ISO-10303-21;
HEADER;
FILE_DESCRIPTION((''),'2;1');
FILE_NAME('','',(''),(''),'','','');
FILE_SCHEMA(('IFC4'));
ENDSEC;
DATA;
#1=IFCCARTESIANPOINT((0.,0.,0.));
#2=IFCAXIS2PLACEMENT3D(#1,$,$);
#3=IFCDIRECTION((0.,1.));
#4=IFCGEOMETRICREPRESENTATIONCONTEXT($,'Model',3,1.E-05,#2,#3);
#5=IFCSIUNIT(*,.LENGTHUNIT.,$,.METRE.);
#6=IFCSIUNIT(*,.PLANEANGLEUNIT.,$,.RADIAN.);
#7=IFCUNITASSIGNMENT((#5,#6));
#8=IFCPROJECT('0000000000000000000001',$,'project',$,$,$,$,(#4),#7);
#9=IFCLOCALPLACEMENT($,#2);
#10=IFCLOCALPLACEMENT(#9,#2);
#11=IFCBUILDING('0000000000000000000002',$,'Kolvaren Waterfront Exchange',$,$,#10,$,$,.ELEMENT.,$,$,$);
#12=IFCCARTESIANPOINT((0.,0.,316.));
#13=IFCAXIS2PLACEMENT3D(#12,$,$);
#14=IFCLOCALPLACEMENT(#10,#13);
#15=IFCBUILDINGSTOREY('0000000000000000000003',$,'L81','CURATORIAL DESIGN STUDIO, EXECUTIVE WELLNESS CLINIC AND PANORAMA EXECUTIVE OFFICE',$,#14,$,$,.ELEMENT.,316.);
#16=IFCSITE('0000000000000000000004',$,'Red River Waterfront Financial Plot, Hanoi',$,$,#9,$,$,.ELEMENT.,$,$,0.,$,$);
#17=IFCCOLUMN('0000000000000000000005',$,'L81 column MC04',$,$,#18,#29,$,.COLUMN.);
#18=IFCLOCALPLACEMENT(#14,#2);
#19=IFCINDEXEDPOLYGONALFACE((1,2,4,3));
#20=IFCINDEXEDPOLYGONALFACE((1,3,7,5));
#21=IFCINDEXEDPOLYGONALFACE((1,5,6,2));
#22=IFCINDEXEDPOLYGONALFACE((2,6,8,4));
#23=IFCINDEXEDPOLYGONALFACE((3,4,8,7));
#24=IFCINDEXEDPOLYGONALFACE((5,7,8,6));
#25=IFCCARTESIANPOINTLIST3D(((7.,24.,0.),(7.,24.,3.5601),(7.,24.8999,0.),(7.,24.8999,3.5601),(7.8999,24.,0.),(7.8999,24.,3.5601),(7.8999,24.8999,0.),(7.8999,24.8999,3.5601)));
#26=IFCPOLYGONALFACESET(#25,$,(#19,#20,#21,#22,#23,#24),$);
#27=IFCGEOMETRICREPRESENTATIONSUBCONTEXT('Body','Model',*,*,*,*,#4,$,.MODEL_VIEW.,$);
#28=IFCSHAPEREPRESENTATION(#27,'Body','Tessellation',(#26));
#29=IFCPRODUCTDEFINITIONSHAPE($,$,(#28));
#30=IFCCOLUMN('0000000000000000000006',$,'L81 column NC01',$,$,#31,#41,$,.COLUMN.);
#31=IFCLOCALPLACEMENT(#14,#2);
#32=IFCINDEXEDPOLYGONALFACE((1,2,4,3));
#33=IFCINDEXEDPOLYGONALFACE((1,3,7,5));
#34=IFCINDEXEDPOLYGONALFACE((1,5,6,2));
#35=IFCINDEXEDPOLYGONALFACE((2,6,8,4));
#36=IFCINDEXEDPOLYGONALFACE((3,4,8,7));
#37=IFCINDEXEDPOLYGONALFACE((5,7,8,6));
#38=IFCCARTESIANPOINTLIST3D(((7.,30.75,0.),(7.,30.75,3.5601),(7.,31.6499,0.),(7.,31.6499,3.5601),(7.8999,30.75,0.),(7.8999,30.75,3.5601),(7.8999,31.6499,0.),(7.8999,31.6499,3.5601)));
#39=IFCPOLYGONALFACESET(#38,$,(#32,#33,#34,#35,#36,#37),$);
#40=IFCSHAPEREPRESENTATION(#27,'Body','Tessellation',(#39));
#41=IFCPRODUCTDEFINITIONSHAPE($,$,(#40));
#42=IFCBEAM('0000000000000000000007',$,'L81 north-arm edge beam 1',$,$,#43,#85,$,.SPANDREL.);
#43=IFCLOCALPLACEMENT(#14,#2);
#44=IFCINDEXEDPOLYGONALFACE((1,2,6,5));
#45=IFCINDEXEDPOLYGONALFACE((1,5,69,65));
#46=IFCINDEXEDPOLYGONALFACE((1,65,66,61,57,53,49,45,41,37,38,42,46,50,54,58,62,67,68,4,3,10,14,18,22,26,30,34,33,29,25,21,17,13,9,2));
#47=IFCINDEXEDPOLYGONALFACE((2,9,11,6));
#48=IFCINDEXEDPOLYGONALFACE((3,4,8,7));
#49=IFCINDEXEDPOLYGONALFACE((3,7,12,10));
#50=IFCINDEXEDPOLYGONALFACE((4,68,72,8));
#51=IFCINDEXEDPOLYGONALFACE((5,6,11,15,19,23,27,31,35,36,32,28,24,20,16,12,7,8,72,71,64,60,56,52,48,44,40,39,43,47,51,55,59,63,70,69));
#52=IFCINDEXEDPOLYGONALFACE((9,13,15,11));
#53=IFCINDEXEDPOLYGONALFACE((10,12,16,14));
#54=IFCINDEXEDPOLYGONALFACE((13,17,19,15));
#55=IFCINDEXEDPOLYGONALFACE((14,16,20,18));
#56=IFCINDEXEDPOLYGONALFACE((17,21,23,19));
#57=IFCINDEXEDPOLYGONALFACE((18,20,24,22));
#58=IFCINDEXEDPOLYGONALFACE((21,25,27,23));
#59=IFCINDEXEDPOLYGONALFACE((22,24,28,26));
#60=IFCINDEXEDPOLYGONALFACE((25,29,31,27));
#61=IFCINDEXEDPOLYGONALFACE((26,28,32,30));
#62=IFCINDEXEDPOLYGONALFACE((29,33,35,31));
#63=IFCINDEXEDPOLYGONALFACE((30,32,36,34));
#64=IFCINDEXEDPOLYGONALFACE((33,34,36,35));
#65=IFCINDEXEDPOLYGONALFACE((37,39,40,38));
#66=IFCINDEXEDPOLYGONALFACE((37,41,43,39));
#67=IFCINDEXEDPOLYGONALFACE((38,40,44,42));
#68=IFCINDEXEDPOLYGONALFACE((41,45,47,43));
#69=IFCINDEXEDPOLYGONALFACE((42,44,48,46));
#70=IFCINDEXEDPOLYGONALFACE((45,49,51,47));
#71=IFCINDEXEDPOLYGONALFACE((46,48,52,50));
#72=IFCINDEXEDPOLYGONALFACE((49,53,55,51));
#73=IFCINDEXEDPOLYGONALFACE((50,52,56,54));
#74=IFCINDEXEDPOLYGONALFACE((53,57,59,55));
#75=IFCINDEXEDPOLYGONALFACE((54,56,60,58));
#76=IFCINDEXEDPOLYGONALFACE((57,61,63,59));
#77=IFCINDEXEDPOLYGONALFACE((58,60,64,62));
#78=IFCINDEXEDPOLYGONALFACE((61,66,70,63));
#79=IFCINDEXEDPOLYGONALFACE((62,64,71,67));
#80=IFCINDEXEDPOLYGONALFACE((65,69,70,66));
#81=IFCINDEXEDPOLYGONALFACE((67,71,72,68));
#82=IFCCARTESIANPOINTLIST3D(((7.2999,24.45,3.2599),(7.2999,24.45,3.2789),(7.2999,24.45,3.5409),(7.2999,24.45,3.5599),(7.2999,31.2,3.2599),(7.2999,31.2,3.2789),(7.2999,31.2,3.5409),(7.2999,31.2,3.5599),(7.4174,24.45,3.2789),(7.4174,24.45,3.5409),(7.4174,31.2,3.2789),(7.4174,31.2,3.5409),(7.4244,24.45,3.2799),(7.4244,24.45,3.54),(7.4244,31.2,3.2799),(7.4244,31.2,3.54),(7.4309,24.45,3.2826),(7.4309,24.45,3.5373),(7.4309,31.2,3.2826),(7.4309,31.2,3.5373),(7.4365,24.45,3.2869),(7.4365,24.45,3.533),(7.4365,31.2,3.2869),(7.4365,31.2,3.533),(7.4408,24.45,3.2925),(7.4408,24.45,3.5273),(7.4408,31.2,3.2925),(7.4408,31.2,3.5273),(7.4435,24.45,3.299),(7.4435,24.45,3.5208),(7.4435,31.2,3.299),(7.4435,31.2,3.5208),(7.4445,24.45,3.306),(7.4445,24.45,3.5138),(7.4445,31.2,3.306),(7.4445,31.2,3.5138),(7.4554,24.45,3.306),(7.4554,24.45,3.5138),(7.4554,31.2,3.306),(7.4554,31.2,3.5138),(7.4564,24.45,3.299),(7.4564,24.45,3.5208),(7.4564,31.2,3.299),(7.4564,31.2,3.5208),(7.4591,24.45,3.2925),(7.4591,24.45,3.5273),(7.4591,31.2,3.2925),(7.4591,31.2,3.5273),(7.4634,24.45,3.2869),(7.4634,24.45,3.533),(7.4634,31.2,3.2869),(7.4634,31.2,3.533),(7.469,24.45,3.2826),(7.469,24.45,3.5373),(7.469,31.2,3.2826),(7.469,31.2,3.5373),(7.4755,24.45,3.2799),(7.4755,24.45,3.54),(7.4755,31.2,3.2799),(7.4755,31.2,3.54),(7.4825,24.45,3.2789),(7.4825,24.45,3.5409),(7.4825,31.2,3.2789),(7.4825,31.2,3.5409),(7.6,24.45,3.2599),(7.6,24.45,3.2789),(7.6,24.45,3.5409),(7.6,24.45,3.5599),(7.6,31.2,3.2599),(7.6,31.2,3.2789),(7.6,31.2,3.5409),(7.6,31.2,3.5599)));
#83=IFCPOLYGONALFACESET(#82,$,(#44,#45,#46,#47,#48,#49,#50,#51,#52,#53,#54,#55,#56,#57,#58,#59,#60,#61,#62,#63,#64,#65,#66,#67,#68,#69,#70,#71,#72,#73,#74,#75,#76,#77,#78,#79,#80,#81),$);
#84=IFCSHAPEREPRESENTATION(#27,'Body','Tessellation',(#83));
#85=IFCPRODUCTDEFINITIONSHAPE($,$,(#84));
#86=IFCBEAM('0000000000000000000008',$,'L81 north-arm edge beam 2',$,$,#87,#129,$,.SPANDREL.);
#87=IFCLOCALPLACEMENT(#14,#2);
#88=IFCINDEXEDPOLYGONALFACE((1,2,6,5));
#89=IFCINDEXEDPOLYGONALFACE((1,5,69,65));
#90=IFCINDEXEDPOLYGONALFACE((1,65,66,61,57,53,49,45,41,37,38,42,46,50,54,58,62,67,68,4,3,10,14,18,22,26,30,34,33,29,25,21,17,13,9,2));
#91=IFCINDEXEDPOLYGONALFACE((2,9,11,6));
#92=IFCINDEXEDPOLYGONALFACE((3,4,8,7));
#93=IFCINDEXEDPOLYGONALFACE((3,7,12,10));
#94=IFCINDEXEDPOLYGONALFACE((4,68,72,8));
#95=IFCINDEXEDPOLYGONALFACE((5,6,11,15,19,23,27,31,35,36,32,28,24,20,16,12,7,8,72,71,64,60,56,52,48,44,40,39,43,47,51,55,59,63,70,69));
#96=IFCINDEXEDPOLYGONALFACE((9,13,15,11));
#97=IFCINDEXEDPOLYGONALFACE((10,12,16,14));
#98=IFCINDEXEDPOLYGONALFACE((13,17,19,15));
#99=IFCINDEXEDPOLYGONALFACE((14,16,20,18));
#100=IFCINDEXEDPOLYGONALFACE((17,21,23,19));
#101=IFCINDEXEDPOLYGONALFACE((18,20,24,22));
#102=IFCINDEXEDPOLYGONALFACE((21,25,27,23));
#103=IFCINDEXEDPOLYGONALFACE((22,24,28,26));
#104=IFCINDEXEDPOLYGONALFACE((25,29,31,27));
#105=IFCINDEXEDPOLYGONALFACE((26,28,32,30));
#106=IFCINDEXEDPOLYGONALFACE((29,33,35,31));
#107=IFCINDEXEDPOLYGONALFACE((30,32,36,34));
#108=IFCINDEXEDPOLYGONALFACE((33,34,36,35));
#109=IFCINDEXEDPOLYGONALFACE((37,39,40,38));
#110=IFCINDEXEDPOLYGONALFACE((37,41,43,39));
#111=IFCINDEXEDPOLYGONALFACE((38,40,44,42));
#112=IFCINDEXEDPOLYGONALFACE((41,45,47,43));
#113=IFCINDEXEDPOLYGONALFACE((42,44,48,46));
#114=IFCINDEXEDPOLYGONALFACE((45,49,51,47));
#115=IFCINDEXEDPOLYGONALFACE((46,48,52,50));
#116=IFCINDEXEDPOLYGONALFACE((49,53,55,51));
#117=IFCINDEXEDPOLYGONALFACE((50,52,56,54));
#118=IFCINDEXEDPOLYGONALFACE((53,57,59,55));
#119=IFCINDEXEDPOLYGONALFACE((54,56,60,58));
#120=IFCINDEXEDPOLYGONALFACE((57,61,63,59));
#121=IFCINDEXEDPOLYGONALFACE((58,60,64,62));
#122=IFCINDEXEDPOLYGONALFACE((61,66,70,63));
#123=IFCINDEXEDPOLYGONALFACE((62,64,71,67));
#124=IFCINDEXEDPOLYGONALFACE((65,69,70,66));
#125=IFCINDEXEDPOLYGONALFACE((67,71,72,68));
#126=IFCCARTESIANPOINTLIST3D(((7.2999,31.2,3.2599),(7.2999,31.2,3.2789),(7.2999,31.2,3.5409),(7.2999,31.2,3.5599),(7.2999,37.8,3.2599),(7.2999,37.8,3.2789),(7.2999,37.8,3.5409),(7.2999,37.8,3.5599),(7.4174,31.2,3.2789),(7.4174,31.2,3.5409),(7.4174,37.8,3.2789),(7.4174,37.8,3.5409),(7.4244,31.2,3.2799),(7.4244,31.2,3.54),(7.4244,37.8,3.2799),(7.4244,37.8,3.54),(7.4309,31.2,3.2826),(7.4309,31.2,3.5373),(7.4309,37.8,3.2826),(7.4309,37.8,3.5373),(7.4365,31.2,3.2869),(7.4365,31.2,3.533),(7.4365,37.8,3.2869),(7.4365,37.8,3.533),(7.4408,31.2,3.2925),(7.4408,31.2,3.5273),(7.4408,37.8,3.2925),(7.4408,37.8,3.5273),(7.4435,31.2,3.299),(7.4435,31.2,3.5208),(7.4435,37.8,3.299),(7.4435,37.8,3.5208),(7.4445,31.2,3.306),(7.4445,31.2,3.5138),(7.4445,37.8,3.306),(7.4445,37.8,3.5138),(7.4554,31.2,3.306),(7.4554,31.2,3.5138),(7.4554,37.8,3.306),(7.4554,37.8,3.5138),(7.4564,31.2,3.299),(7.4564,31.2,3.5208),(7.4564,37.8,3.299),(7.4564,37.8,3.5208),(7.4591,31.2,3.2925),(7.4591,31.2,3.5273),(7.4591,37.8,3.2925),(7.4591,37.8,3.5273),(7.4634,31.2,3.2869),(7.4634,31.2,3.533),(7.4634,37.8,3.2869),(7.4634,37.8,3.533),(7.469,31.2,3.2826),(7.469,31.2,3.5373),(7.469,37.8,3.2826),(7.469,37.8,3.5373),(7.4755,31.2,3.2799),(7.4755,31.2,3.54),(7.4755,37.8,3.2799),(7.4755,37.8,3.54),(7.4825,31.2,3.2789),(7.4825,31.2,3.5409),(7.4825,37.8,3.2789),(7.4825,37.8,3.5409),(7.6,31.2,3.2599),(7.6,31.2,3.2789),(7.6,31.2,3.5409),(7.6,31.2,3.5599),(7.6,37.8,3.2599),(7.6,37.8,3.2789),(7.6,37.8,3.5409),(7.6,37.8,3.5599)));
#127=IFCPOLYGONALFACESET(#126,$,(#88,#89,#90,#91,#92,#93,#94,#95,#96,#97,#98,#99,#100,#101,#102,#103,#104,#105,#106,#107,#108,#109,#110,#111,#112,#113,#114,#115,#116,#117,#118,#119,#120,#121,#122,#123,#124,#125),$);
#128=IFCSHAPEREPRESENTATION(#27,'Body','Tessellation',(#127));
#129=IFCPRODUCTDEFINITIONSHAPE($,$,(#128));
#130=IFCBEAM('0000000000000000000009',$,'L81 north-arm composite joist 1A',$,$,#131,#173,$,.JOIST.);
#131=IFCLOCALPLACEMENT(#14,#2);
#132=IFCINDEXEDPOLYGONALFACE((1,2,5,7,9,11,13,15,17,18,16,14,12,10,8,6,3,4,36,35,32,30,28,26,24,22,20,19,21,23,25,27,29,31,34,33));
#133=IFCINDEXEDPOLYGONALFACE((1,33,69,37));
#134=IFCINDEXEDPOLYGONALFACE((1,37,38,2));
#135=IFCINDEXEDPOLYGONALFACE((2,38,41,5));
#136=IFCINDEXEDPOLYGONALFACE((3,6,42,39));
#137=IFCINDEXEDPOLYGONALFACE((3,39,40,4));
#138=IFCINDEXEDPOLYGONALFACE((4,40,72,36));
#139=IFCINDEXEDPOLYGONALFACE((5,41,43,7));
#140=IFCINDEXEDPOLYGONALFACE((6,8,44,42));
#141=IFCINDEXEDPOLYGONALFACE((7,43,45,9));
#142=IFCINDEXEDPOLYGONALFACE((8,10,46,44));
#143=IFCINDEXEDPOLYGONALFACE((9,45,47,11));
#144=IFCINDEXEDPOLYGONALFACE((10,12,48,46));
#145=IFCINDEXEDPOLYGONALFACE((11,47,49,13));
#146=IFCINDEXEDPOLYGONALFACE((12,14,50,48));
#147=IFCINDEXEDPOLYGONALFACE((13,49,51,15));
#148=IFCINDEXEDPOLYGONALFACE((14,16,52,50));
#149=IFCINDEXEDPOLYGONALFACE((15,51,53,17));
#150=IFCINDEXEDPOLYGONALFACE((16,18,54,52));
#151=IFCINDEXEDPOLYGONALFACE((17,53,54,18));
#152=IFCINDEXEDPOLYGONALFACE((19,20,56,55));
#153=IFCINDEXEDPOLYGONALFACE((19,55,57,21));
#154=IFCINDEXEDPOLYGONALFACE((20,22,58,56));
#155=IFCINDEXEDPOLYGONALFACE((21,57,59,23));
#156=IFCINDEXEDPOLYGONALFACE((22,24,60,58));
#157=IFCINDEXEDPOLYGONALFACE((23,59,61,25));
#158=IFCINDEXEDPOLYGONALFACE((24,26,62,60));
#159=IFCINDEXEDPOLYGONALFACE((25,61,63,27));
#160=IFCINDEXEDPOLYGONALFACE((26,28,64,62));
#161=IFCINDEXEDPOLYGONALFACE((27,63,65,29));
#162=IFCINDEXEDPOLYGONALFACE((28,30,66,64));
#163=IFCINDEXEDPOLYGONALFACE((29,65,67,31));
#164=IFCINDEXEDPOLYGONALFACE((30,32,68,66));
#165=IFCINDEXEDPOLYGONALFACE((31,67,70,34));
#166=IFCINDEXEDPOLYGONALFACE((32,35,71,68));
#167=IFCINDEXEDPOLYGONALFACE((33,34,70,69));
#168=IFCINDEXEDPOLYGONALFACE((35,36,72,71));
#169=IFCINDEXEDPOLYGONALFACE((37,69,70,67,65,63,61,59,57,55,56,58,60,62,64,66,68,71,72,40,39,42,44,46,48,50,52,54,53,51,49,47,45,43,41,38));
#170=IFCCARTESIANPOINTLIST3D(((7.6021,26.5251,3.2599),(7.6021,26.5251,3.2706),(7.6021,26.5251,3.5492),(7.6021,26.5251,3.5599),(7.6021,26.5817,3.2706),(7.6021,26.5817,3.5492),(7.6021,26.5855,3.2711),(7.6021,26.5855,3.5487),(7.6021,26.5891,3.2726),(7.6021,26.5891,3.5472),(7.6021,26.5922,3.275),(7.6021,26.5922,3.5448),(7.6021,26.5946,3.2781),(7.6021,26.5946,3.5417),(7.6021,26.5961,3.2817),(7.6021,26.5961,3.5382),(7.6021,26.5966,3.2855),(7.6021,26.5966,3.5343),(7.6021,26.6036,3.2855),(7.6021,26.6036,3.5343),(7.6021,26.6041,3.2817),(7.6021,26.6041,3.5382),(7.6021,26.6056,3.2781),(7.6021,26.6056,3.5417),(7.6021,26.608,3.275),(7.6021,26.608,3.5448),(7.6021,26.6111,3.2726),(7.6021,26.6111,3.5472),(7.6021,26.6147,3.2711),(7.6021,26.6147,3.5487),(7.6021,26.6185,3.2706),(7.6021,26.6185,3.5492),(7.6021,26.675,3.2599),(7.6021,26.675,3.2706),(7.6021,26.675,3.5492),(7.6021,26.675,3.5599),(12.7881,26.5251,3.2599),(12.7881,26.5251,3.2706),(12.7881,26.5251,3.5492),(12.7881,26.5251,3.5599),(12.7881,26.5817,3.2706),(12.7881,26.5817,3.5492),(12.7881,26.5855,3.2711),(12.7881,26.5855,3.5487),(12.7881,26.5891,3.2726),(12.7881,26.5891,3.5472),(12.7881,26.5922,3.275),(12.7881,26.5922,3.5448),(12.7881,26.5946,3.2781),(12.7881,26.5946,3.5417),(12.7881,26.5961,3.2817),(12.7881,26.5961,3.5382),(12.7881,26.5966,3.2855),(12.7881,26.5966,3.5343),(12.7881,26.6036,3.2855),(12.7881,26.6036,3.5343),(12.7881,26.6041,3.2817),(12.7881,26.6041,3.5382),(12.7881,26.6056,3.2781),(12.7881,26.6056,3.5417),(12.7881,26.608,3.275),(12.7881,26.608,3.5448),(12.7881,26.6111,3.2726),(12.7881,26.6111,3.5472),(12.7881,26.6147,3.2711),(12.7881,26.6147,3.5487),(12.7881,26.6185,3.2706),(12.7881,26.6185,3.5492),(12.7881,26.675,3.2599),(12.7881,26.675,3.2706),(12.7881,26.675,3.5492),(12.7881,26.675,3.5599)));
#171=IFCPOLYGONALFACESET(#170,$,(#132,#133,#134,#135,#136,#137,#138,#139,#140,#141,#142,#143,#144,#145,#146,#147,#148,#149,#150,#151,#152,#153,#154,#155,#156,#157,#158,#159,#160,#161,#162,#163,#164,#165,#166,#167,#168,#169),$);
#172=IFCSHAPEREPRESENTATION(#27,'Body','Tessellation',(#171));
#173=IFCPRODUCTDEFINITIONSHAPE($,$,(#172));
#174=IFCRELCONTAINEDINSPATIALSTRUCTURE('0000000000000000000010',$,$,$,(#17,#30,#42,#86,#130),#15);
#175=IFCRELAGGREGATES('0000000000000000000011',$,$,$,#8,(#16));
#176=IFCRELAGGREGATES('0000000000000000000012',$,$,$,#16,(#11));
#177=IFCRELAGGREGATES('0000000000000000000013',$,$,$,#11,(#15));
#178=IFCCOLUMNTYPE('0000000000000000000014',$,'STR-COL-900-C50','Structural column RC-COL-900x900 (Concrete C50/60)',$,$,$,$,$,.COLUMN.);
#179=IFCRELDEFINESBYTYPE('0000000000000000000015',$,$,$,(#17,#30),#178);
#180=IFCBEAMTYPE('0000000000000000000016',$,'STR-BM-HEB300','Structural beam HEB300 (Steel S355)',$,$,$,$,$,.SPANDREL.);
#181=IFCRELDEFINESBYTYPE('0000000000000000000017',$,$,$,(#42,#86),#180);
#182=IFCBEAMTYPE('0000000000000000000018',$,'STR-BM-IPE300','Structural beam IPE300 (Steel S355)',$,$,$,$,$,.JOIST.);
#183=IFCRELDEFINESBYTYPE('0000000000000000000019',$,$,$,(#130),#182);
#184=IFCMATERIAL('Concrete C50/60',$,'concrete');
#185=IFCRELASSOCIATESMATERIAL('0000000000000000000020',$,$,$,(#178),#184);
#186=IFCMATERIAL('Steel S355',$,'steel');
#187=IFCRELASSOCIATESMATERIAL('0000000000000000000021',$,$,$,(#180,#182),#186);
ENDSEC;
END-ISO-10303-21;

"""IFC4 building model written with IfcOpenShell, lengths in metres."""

from ifc_helpers import new_model, si_unit, direction, frame, origin, origin_2d, place, context, subcontext, project, spatial, rectangle, i_section, extrude, material, material_profile, profile_set, type_object, element, save


model = new_model("IFC4")

# Units and contexts
model_context = context("Model", 3, precision=1e-05, world=origin(), true_north=direction((0.0, 1.0)))
body_context = subcontext(model_context, "Body", "Model", "MODEL_VIEW")
ifc_project = project(units=[si_unit("LENGTHUNIT", "METRE"), si_unit("PLANEANGLEUNIT", "RADIAN")], contexts=[model_context])

# Site, building, storey
site_placement = place(None, origin())
site = spatial("IfcSite", under=ifc_project, at=site_placement, Name="Red River Waterfront Financial Plot, Hanoi", CompositionType="ELEMENT", RefElevation=0.0)
building_placement = place(site_placement, origin())
building = spatial("IfcBuilding", under=site, at=building_placement, Name="Kolvaren Waterfront Exchange", CompositionType="ELEMENT")
storey_placement = place(building_placement, frame((0.0, 0.0, 316.0)))
storey = spatial("IfcBuildingStorey", under=building, at=storey_placement, Name="L81", Description="CURATORIAL DESIGN STUDIO, EXECUTIVE WELLNESS CLINIC AND PANORAMA EXECUTIVE OFFICE", CompositionType="ELEMENT", Elevation=316.0)

# Columns
ifc_material_1 = material(Name="Concrete C50/60", Category="concrete")
ifc_material_profile_1 = material_profile(ifc_material_1, rectangle(XDim=0.8999, YDim=0.8999, at=origin_2d()), Name="RC-COL-900x900")
ifc_profile_set_1 = profile_set([ifc_material_profile_1], Name="Concrete C50/60")
column_type = type_object("IfcColumnType", Name="STR-COL-900-C50", Description="Structural column RC-COL-900x900 (Concrete C50/60)", PredefinedType="COLUMN", material=ifc_profile_set_1)
for number, where, z_axis, x_axis, name in (
    (1, (7.45, 24.45, 0.0), (0.0, 0.0, 1.0), (1.0, 0.0, 0.0), "L81 column MC04"),
    (2, (7.45, 31.2, 0.0), (0.0, 0.0, 1.0), (1.0, 0.0, 0.0), "L81 column NC01"),
):
    element("IfcColumn", number, at=place(storey_placement, frame(where, z_axis=z_axis, x_axis=x_axis)), inside=storey, type_object=column_type, Name=name, PredefinedType="COLUMN", context=body_context, shape_type="SweptSolid", body=[
        extrude(rectangle(XDim=0.8999, YDim=0.8999, at=origin_2d()), origin(), (0.0, 0.0, 1.0), 3.5601),
    ])

# Beams
ifc_material_2 = material(Name="Steel S355", Category="steel")
ifc_material_profile_2 = material_profile(ifc_material_2, i_section(OverallWidth=0.3, OverallDepth=0.3, WebThickness=0.011, FlangeThickness=0.019, FilletRadius=0.0271, at=origin_2d()), Name="HEB300")
ifc_profile_set_2 = profile_set([ifc_material_profile_2], Name="Steel S355")
beam_type_1 = type_object("IfcBeamType", Name="STR-BM-HEB300", Description="Structural beam HEB300 (Steel S355)", PredefinedType="SPANDREL", material=ifc_profile_set_2)
beam_1_placement = place(storey_placement, frame((7.45, 24.45, 3.4099), z_axis=(0.0, 1.0, 0.0), x_axis=(-1.0, 0.0, 0.0)))
element("IfcBeam", 3, at=beam_1_placement, inside=storey, type_object=beam_type_1, Name="L81 north-arm edge beam 1", PredefinedType="SPANDREL", context=body_context, shape_type="SweptSolid", body=[
    extrude(i_section(OverallWidth=0.3, OverallDepth=0.3, WebThickness=0.011, FlangeThickness=0.019, FilletRadius=0.0271, at=origin_2d()), origin(), (0.0, 0.0, 1.0), 6.75),
])
beam_2_placement = place(storey_placement, frame((7.45, 31.2, 3.4099), z_axis=(0.0, 1.0, 0.0), x_axis=(-1.0, 0.0, 0.0)))
element("IfcBeam", 4, at=beam_2_placement, inside=storey, type_object=beam_type_1, Name="L81 north-arm edge beam 2", PredefinedType="SPANDREL", context=body_context, shape_type="SweptSolid", body=[
    extrude(i_section(OverallWidth=0.3, OverallDepth=0.3, WebThickness=0.011, FlangeThickness=0.019, FilletRadius=0.0271, at=origin_2d()), origin(), (0.0, 0.0, 1.0), 6.6001),
])
ifc_material_profile_3 = material_profile(ifc_material_2, i_section(OverallWidth=0.1499, OverallDepth=0.3, WebThickness=0.0071, FlangeThickness=0.0107, FilletRadius=0.0149, at=origin_2d()), Name="IPE300")
ifc_profile_set_3 = profile_set([ifc_material_profile_3], Name="Steel S355")
beam_type_2 = type_object("IfcBeamType", Name="STR-BM-IPE300", Description="Structural beam IPE300 (Steel S355)", PredefinedType="JOIST", material=ifc_profile_set_3)
for number, where, z_axis, x_axis, name in (
    (5, (7.6021, 26.6001, 3.4099), (1.0, 0.0, 0.0), (0.0, 1.0, 0.0), "L81 north-arm composite joist 1A"),
):
    element("IfcBeam", number, at=place(storey_placement, frame(where, z_axis=z_axis, x_axis=x_axis)), inside=storey, type_object=beam_type_2, Name=name, PredefinedType="JOIST", context=body_context, shape_type="SweptSolid", body=[
        extrude(i_section(OverallWidth=0.1499, OverallDepth=0.3, WebThickness=0.0071, FlangeThickness=0.0107, FilletRadius=0.0149, at=origin_2d()), origin(), (0.0, 0.0, 1.0), 5.186),
    ])

save(model, "model.ifc")
